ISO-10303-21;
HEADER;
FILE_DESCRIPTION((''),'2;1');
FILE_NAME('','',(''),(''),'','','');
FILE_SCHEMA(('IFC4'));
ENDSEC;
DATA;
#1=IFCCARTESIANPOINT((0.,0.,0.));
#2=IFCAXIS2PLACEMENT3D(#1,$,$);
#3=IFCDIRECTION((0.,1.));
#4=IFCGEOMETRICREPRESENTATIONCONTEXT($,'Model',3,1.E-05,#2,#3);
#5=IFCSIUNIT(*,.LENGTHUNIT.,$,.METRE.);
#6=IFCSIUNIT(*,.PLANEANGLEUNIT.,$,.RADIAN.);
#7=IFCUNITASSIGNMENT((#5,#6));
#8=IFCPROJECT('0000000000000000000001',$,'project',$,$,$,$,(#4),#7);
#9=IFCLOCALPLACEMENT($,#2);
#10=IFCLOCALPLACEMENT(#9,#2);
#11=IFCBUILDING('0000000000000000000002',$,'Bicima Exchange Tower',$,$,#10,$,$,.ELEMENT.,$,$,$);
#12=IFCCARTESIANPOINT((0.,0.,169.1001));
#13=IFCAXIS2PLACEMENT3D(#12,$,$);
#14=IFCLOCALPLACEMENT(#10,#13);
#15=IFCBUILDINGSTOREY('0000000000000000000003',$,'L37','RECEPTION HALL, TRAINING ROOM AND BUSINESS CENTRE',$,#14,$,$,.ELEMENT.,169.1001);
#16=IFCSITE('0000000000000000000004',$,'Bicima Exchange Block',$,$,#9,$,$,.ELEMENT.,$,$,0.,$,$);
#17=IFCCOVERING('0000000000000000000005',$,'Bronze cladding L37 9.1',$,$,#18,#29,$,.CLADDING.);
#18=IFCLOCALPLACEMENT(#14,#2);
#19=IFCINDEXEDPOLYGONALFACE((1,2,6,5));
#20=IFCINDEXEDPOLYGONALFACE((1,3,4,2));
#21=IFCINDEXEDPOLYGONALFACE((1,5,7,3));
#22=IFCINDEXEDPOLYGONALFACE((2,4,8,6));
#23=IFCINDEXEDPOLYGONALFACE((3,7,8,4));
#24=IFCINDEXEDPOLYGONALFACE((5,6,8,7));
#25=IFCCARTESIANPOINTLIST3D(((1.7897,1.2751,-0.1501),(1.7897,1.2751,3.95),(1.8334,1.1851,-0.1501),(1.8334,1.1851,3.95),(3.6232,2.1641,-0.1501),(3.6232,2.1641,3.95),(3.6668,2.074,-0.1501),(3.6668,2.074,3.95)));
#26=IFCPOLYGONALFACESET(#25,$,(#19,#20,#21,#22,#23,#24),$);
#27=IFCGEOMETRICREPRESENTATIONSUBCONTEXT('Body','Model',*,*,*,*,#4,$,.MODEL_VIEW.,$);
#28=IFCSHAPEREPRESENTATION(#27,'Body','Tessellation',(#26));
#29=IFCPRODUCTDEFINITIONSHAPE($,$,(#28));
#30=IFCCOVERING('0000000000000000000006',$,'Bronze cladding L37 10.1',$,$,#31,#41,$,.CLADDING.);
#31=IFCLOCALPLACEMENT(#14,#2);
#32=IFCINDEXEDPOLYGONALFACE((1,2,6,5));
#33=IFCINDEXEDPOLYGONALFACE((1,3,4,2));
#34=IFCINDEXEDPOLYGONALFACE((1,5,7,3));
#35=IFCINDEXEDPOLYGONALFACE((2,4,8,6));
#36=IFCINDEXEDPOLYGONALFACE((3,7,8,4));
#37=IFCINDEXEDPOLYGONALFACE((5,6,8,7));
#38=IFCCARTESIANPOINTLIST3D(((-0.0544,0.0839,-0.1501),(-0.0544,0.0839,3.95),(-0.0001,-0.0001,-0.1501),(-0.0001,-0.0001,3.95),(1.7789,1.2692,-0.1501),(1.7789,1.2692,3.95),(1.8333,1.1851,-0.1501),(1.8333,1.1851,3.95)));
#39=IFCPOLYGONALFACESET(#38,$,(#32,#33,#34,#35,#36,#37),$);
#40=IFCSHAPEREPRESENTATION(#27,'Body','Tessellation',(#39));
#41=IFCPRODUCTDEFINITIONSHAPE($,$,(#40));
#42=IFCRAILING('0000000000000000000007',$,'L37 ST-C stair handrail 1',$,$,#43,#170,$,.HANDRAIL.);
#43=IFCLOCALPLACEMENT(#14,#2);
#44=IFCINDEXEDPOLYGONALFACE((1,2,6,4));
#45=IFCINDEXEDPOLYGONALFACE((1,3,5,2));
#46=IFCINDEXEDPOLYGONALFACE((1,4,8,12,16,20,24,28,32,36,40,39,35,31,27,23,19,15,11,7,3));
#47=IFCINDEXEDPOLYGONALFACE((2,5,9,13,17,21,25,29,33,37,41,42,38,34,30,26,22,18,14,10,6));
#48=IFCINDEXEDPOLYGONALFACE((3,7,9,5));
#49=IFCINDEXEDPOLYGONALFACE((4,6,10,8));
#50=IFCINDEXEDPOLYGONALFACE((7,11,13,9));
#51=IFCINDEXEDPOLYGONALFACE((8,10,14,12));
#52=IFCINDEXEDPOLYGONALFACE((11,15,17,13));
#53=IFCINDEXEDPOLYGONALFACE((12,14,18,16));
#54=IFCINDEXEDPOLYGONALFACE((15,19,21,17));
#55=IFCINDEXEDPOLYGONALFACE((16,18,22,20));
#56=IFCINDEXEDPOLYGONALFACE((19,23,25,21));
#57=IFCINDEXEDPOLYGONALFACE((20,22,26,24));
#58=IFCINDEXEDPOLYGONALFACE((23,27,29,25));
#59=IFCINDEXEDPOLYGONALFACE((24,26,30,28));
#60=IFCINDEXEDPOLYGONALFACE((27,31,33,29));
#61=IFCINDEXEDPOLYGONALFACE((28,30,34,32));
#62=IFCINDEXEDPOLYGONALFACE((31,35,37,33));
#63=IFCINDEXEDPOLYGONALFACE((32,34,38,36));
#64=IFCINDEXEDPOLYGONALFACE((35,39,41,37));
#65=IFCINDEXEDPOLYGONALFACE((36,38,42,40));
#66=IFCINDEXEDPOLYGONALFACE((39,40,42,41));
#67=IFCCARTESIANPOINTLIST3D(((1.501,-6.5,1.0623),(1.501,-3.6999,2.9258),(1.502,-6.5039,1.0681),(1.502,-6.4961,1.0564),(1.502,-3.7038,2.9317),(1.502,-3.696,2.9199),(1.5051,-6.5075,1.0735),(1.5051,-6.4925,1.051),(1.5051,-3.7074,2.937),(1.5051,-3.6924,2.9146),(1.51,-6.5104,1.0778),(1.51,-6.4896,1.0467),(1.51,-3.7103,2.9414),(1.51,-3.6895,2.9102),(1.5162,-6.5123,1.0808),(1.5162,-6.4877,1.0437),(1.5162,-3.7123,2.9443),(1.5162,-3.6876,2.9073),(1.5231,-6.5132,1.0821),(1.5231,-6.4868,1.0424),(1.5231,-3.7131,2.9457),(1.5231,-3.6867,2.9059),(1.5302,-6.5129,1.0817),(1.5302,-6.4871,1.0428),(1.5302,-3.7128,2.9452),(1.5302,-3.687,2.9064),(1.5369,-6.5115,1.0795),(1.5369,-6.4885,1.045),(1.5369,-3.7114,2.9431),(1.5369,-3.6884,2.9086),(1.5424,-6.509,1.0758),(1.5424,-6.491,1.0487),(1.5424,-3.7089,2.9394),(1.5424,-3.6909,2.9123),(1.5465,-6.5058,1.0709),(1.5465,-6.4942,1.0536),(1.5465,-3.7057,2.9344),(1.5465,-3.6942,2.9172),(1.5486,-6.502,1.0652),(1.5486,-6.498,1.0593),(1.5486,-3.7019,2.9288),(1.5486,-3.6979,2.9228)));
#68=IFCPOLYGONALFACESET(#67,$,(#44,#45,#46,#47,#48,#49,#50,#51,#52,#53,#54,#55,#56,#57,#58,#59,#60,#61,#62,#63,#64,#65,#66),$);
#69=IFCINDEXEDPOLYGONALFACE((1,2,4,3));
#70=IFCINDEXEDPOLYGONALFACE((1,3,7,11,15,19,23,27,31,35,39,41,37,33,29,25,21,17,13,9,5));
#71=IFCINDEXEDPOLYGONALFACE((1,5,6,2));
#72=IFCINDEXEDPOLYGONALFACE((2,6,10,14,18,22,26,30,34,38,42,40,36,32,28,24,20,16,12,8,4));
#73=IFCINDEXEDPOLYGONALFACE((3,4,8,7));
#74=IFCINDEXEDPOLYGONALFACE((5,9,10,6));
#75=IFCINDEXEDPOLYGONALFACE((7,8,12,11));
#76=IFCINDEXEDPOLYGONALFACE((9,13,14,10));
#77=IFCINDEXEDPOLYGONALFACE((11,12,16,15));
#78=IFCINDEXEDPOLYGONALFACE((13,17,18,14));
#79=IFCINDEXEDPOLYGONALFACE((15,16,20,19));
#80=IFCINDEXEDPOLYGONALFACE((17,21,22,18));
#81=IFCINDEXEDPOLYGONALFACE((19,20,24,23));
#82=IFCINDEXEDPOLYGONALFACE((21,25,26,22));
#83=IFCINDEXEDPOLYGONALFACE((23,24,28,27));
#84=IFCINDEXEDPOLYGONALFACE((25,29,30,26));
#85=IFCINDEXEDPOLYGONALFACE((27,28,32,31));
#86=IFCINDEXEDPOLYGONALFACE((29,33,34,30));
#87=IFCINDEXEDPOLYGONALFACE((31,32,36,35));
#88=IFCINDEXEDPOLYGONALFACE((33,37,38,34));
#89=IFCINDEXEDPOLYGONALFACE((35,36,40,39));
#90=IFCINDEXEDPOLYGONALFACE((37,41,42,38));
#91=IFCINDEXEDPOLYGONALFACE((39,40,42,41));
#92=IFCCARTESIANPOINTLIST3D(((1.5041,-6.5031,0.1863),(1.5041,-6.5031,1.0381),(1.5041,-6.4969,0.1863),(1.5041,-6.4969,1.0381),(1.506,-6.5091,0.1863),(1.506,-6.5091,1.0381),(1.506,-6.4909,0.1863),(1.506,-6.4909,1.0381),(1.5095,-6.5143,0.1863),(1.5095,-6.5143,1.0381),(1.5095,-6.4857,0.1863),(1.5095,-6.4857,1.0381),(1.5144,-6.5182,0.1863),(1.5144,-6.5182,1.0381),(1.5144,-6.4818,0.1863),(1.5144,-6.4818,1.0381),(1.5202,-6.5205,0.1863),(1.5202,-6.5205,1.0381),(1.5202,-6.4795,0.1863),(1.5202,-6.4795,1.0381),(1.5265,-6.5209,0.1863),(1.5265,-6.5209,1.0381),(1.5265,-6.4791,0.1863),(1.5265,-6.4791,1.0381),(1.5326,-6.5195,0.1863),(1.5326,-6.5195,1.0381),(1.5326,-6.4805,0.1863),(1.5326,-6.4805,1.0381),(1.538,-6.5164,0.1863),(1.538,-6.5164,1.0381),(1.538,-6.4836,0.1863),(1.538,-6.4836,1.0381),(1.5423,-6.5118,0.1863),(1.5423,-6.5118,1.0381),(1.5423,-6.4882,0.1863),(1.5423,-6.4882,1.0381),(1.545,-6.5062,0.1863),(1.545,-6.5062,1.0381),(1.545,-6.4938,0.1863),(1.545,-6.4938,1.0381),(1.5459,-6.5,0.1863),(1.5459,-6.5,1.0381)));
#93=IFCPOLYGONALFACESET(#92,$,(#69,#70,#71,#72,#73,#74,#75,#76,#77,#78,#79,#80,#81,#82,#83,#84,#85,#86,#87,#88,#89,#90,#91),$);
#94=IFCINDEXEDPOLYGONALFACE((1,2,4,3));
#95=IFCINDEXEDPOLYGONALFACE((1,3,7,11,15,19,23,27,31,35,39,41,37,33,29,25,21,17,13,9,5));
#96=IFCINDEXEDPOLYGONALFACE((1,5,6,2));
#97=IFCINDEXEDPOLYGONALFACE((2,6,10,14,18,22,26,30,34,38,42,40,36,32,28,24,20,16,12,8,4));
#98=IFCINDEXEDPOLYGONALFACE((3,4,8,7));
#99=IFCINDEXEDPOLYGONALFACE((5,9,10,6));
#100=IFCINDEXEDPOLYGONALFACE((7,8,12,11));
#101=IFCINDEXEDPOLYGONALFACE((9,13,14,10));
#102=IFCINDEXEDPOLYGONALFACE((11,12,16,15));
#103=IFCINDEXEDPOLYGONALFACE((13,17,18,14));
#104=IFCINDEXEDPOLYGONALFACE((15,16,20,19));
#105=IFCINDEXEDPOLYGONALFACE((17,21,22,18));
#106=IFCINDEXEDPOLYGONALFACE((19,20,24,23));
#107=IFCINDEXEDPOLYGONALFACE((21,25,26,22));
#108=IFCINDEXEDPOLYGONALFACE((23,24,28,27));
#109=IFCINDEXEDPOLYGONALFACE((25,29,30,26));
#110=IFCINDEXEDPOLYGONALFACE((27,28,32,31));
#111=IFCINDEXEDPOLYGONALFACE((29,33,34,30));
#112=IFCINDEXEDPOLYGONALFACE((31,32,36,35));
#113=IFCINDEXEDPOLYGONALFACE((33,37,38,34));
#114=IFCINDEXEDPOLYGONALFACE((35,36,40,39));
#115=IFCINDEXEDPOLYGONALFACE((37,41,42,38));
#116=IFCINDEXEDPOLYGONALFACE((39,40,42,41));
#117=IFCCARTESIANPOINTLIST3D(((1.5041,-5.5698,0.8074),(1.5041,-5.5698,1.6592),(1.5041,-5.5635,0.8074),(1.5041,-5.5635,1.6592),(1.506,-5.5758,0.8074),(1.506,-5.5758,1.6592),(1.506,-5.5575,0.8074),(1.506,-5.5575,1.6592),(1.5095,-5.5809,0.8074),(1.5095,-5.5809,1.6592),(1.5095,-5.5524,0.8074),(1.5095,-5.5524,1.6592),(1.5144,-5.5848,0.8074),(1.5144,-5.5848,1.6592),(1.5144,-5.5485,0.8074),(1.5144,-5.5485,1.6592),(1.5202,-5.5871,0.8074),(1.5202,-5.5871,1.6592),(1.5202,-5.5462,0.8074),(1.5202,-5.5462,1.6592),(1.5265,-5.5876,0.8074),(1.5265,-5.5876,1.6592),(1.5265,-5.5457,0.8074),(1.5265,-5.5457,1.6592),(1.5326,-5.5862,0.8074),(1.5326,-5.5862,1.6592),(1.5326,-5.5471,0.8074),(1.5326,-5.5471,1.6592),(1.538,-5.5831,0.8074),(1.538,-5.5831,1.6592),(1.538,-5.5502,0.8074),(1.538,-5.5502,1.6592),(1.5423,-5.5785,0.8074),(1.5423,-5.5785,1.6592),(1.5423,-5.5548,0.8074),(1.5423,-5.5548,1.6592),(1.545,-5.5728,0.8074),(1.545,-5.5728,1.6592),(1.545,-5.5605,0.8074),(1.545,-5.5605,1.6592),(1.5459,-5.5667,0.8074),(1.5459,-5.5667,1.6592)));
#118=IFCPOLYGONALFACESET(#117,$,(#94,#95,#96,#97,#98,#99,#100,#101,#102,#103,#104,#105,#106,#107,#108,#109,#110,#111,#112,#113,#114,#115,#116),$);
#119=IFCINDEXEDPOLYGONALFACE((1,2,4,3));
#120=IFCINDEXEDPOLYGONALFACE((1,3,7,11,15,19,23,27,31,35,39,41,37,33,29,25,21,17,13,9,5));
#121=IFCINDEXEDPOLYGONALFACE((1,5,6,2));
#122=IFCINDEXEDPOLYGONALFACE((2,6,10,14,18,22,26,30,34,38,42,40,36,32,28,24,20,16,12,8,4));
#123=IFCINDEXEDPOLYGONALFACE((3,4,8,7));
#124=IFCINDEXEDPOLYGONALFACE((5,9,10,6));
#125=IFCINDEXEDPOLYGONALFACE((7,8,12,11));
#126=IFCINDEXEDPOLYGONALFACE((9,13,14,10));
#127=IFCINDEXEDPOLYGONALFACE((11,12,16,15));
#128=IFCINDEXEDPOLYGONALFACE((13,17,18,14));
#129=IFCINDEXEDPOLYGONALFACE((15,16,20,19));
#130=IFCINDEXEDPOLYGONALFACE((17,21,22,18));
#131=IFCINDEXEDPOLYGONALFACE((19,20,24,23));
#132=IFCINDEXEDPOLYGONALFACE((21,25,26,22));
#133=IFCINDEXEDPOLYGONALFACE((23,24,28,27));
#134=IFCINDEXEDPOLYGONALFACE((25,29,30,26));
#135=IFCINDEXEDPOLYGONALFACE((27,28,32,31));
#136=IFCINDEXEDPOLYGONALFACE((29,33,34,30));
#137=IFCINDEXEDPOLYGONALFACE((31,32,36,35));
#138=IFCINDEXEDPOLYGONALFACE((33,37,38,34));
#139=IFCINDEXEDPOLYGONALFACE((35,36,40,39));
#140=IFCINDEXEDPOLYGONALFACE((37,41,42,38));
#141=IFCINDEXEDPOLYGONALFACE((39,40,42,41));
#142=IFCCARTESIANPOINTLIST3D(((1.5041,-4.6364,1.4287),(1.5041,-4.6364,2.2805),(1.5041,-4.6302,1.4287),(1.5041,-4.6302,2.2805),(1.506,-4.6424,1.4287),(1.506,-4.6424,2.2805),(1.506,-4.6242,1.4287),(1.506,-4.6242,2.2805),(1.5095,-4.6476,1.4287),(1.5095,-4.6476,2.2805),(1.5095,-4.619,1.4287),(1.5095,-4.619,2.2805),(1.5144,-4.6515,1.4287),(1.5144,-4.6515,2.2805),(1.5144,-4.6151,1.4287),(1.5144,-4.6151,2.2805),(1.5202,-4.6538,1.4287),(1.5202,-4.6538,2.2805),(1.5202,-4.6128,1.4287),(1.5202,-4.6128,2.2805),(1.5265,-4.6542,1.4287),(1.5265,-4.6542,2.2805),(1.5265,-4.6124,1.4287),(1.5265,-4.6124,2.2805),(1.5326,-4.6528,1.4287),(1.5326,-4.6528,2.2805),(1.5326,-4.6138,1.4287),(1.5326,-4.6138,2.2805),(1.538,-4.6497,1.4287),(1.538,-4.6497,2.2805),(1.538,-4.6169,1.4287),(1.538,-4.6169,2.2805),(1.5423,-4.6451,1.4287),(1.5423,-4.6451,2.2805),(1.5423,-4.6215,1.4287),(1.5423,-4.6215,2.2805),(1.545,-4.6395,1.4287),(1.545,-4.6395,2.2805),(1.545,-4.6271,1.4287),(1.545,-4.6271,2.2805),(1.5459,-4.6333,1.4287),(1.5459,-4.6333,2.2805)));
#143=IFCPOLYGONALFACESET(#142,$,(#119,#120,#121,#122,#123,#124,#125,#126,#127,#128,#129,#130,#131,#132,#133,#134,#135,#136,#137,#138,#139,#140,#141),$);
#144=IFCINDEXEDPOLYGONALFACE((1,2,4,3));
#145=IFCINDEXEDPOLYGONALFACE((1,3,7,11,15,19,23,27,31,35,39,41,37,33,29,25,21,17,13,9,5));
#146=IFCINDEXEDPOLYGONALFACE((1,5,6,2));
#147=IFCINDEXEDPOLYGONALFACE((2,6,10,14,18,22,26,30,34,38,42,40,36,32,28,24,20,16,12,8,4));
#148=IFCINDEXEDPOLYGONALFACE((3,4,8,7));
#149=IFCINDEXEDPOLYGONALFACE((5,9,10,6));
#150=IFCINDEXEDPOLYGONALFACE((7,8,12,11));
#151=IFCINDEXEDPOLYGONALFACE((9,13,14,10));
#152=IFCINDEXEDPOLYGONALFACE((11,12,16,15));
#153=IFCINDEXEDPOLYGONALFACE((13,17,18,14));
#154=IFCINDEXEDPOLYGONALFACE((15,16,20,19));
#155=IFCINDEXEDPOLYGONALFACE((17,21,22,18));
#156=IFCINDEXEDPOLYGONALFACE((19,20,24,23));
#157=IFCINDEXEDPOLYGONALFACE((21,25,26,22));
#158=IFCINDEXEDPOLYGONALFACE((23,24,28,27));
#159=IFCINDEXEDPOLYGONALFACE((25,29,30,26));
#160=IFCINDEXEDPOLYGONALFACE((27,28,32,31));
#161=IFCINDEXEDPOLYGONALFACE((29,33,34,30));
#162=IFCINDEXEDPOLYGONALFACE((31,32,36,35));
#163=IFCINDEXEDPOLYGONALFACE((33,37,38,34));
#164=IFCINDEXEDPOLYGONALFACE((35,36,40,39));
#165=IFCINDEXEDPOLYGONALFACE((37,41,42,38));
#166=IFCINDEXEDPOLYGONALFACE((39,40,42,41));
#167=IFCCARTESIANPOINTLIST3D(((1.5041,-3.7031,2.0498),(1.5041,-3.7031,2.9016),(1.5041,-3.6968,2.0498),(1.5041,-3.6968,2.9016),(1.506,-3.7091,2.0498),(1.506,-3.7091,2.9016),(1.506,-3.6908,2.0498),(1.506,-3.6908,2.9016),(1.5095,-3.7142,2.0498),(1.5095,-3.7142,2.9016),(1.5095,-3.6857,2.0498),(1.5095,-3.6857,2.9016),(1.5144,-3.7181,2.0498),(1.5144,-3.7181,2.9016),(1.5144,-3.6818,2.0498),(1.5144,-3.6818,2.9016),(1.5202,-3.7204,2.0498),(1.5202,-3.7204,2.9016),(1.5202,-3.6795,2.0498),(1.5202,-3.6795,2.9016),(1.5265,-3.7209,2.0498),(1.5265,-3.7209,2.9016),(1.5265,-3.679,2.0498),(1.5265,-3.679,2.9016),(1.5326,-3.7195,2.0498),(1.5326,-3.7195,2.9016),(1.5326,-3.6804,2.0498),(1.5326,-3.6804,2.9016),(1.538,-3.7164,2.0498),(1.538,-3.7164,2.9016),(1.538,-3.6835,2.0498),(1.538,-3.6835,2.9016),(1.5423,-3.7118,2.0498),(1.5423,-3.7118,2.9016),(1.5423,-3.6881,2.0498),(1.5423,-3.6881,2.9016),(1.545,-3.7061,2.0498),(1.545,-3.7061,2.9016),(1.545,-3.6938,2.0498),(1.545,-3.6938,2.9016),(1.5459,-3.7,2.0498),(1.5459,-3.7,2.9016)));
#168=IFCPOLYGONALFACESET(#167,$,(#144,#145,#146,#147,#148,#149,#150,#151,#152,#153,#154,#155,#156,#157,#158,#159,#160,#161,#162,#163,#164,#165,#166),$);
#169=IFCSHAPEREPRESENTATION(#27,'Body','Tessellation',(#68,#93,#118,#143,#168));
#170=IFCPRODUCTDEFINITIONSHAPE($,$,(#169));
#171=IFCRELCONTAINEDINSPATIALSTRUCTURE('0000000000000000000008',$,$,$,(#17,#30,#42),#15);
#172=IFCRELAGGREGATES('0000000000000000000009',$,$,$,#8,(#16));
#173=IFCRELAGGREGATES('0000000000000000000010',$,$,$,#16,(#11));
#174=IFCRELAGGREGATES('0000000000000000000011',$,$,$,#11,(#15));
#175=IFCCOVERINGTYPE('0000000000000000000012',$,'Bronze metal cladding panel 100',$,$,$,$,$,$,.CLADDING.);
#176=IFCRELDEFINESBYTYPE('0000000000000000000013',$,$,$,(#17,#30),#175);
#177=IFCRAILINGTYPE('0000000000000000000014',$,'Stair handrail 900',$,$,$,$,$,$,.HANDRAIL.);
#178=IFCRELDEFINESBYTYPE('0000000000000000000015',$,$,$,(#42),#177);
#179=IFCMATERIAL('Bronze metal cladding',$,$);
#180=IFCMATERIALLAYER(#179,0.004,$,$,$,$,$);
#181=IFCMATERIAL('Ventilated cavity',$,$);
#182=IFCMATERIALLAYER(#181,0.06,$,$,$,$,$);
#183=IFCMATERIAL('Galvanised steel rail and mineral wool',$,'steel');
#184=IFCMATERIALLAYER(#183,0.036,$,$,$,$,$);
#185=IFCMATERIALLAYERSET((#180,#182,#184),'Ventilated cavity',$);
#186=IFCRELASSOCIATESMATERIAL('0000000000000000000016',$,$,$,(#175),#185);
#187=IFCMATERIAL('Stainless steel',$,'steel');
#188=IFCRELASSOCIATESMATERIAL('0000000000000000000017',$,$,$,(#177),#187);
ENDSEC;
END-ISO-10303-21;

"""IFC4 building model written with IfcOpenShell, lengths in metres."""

from ifc_helpers import new_model, si_unit, direction, frame, origin, origin_2d, place, context, subcontext, project, spatial, rectangle, circle, extrude, material, layer, layer_set, type_object, element, save


model = new_model("IFC4")

# Units and contexts
model_context = context("Model", 3, precision=1e-05, world=origin(), true_north=direction((0.0, 1.0)))
body_context = subcontext(model_context, "Body", "Model", "MODEL_VIEW")
ifc_project = project(units=[si_unit("LENGTHUNIT", "METRE"), si_unit("PLANEANGLEUNIT", "RADIAN")], contexts=[model_context])

# Site, building, storey
site_placement = place(None, origin())
site = spatial("IfcSite", under=ifc_project, at=site_placement, Name="Bicima Exchange Block", CompositionType="ELEMENT", RefElevation=0.0)
building_placement = place(site_placement, origin())
building = spatial("IfcBuilding", under=site, at=building_placement, Name="Bicima Exchange Tower", CompositionType="ELEMENT")
storey_placement = place(building_placement, frame((0.0, 0.0, 169.1001)))
storey = spatial("IfcBuildingStorey", under=building, at=storey_placement, Name="L37", Description="RECEPTION HALL, TRAINING ROOM AND BUSINESS CENTRE", CompositionType="ELEMENT", Elevation=169.1001)

# Shared definitions
ifc_material_1 = material(Name="Stainless steel", Category="steel")

# Coverings
ifc_material_2 = material(Name="Bronze metal cladding")
ifc_layer_1 = layer(ifc_material_2, 0.004)
ifc_material_3 = material(Name="Ventilated cavity")
ifc_layer_2 = layer(ifc_material_3, 0.06)
ifc_material_4 = material(Name="Galvanised steel rail and mineral wool", Category="steel")
ifc_layer_3 = layer(ifc_material_4, 0.036)
ifc_layer_set_1 = layer_set([ifc_layer_1, ifc_layer_2, ifc_layer_3], Name="Ventilated cavity")
covering_type = type_object("IfcCoveringType", Name="Bronze metal cladding panel 100", PredefinedType="CLADDING", material=ifc_layer_set_1)
covering_1_placement = place(storey_placement, frame((2.7283, 1.6746, -0.1501), z_axis=(0.0, 0.0, 1.0), x_axis=(-0.899818, -0.436265, 0.0)))
element("IfcCovering", 1, at=covering_1_placement, inside=storey, type_object=covering_type, Name="Bronze cladding L37 9.1", PredefinedType="CLADDING", context=body_context, shape_type="SweptSolid", body=[
    extrude(rectangle(XDim=2.0376, YDim=0.1001, at=origin_2d()), origin(), (0.0, 0.0, 1.0), 4.1001),
])
covering_2_placement = place(storey_placement, frame((0.8894, 0.6345, -0.1501), z_axis=(0.0, 0.0, 1.0), x_axis=(-0.83979, -0.542911, 0.0)))
element("IfcCovering", 2, at=covering_2_placement, inside=storey, type_object=covering_type, Name="Bronze cladding L37 10.1", PredefinedType="CLADDING", context=body_context, shape_type="SweptSolid", body=[
    extrude(rectangle(XDim=2.1831, YDim=0.1001, at=origin_2d()), origin(), (0.0, 0.0, 1.0), 4.1001),
])

# Railing
railing_type_1 = type_object("IfcRailingType", Name="Stair handrail 900", PredefinedType="HANDRAIL", material=ifc_material_1)
railing_1_placement = place(storey_placement, frame((1.5249, -6.5, 0.1863)))
element("IfcRailing", 3, at=railing_1_placement, inside=storey, type_object=railing_type_1, Name="L37 ST-C stair handrail 1", PredefinedType="HANDRAIL", context=body_context, shape_type="SweptSolid", body=[
    extrude(circle(Radius=0.0239, at=origin_2d()), frame((0.0, 0.0, 0.876), z_axis=(0.0, 0.832486, 0.554047), x_axis=(-1.0, 0.0, 0.0)), (0.0, 0.0, 1.0), 3.3635),
    extrude(circle(Radius=0.021, at=origin_2d()), origin(), (0.0, 0.0, 1.0), 0.8518),
    extrude(circle(Radius=0.021, at=origin_2d()), frame((0.0, 0.9333, 0.6211)), (0.0, 0.0, 1.0), 0.8518),
    extrude(circle(Radius=0.021, at=origin_2d()), frame((0.0, 1.8667, 1.2424)), (0.0, 0.0, 1.0), 0.8518),
    extrude(circle(Radius=0.021, at=origin_2d()), frame((0.0, 2.8, 1.8635)), (0.0, 0.0, 1.0), 0.8518),
])

save(model, "model.ifc")
